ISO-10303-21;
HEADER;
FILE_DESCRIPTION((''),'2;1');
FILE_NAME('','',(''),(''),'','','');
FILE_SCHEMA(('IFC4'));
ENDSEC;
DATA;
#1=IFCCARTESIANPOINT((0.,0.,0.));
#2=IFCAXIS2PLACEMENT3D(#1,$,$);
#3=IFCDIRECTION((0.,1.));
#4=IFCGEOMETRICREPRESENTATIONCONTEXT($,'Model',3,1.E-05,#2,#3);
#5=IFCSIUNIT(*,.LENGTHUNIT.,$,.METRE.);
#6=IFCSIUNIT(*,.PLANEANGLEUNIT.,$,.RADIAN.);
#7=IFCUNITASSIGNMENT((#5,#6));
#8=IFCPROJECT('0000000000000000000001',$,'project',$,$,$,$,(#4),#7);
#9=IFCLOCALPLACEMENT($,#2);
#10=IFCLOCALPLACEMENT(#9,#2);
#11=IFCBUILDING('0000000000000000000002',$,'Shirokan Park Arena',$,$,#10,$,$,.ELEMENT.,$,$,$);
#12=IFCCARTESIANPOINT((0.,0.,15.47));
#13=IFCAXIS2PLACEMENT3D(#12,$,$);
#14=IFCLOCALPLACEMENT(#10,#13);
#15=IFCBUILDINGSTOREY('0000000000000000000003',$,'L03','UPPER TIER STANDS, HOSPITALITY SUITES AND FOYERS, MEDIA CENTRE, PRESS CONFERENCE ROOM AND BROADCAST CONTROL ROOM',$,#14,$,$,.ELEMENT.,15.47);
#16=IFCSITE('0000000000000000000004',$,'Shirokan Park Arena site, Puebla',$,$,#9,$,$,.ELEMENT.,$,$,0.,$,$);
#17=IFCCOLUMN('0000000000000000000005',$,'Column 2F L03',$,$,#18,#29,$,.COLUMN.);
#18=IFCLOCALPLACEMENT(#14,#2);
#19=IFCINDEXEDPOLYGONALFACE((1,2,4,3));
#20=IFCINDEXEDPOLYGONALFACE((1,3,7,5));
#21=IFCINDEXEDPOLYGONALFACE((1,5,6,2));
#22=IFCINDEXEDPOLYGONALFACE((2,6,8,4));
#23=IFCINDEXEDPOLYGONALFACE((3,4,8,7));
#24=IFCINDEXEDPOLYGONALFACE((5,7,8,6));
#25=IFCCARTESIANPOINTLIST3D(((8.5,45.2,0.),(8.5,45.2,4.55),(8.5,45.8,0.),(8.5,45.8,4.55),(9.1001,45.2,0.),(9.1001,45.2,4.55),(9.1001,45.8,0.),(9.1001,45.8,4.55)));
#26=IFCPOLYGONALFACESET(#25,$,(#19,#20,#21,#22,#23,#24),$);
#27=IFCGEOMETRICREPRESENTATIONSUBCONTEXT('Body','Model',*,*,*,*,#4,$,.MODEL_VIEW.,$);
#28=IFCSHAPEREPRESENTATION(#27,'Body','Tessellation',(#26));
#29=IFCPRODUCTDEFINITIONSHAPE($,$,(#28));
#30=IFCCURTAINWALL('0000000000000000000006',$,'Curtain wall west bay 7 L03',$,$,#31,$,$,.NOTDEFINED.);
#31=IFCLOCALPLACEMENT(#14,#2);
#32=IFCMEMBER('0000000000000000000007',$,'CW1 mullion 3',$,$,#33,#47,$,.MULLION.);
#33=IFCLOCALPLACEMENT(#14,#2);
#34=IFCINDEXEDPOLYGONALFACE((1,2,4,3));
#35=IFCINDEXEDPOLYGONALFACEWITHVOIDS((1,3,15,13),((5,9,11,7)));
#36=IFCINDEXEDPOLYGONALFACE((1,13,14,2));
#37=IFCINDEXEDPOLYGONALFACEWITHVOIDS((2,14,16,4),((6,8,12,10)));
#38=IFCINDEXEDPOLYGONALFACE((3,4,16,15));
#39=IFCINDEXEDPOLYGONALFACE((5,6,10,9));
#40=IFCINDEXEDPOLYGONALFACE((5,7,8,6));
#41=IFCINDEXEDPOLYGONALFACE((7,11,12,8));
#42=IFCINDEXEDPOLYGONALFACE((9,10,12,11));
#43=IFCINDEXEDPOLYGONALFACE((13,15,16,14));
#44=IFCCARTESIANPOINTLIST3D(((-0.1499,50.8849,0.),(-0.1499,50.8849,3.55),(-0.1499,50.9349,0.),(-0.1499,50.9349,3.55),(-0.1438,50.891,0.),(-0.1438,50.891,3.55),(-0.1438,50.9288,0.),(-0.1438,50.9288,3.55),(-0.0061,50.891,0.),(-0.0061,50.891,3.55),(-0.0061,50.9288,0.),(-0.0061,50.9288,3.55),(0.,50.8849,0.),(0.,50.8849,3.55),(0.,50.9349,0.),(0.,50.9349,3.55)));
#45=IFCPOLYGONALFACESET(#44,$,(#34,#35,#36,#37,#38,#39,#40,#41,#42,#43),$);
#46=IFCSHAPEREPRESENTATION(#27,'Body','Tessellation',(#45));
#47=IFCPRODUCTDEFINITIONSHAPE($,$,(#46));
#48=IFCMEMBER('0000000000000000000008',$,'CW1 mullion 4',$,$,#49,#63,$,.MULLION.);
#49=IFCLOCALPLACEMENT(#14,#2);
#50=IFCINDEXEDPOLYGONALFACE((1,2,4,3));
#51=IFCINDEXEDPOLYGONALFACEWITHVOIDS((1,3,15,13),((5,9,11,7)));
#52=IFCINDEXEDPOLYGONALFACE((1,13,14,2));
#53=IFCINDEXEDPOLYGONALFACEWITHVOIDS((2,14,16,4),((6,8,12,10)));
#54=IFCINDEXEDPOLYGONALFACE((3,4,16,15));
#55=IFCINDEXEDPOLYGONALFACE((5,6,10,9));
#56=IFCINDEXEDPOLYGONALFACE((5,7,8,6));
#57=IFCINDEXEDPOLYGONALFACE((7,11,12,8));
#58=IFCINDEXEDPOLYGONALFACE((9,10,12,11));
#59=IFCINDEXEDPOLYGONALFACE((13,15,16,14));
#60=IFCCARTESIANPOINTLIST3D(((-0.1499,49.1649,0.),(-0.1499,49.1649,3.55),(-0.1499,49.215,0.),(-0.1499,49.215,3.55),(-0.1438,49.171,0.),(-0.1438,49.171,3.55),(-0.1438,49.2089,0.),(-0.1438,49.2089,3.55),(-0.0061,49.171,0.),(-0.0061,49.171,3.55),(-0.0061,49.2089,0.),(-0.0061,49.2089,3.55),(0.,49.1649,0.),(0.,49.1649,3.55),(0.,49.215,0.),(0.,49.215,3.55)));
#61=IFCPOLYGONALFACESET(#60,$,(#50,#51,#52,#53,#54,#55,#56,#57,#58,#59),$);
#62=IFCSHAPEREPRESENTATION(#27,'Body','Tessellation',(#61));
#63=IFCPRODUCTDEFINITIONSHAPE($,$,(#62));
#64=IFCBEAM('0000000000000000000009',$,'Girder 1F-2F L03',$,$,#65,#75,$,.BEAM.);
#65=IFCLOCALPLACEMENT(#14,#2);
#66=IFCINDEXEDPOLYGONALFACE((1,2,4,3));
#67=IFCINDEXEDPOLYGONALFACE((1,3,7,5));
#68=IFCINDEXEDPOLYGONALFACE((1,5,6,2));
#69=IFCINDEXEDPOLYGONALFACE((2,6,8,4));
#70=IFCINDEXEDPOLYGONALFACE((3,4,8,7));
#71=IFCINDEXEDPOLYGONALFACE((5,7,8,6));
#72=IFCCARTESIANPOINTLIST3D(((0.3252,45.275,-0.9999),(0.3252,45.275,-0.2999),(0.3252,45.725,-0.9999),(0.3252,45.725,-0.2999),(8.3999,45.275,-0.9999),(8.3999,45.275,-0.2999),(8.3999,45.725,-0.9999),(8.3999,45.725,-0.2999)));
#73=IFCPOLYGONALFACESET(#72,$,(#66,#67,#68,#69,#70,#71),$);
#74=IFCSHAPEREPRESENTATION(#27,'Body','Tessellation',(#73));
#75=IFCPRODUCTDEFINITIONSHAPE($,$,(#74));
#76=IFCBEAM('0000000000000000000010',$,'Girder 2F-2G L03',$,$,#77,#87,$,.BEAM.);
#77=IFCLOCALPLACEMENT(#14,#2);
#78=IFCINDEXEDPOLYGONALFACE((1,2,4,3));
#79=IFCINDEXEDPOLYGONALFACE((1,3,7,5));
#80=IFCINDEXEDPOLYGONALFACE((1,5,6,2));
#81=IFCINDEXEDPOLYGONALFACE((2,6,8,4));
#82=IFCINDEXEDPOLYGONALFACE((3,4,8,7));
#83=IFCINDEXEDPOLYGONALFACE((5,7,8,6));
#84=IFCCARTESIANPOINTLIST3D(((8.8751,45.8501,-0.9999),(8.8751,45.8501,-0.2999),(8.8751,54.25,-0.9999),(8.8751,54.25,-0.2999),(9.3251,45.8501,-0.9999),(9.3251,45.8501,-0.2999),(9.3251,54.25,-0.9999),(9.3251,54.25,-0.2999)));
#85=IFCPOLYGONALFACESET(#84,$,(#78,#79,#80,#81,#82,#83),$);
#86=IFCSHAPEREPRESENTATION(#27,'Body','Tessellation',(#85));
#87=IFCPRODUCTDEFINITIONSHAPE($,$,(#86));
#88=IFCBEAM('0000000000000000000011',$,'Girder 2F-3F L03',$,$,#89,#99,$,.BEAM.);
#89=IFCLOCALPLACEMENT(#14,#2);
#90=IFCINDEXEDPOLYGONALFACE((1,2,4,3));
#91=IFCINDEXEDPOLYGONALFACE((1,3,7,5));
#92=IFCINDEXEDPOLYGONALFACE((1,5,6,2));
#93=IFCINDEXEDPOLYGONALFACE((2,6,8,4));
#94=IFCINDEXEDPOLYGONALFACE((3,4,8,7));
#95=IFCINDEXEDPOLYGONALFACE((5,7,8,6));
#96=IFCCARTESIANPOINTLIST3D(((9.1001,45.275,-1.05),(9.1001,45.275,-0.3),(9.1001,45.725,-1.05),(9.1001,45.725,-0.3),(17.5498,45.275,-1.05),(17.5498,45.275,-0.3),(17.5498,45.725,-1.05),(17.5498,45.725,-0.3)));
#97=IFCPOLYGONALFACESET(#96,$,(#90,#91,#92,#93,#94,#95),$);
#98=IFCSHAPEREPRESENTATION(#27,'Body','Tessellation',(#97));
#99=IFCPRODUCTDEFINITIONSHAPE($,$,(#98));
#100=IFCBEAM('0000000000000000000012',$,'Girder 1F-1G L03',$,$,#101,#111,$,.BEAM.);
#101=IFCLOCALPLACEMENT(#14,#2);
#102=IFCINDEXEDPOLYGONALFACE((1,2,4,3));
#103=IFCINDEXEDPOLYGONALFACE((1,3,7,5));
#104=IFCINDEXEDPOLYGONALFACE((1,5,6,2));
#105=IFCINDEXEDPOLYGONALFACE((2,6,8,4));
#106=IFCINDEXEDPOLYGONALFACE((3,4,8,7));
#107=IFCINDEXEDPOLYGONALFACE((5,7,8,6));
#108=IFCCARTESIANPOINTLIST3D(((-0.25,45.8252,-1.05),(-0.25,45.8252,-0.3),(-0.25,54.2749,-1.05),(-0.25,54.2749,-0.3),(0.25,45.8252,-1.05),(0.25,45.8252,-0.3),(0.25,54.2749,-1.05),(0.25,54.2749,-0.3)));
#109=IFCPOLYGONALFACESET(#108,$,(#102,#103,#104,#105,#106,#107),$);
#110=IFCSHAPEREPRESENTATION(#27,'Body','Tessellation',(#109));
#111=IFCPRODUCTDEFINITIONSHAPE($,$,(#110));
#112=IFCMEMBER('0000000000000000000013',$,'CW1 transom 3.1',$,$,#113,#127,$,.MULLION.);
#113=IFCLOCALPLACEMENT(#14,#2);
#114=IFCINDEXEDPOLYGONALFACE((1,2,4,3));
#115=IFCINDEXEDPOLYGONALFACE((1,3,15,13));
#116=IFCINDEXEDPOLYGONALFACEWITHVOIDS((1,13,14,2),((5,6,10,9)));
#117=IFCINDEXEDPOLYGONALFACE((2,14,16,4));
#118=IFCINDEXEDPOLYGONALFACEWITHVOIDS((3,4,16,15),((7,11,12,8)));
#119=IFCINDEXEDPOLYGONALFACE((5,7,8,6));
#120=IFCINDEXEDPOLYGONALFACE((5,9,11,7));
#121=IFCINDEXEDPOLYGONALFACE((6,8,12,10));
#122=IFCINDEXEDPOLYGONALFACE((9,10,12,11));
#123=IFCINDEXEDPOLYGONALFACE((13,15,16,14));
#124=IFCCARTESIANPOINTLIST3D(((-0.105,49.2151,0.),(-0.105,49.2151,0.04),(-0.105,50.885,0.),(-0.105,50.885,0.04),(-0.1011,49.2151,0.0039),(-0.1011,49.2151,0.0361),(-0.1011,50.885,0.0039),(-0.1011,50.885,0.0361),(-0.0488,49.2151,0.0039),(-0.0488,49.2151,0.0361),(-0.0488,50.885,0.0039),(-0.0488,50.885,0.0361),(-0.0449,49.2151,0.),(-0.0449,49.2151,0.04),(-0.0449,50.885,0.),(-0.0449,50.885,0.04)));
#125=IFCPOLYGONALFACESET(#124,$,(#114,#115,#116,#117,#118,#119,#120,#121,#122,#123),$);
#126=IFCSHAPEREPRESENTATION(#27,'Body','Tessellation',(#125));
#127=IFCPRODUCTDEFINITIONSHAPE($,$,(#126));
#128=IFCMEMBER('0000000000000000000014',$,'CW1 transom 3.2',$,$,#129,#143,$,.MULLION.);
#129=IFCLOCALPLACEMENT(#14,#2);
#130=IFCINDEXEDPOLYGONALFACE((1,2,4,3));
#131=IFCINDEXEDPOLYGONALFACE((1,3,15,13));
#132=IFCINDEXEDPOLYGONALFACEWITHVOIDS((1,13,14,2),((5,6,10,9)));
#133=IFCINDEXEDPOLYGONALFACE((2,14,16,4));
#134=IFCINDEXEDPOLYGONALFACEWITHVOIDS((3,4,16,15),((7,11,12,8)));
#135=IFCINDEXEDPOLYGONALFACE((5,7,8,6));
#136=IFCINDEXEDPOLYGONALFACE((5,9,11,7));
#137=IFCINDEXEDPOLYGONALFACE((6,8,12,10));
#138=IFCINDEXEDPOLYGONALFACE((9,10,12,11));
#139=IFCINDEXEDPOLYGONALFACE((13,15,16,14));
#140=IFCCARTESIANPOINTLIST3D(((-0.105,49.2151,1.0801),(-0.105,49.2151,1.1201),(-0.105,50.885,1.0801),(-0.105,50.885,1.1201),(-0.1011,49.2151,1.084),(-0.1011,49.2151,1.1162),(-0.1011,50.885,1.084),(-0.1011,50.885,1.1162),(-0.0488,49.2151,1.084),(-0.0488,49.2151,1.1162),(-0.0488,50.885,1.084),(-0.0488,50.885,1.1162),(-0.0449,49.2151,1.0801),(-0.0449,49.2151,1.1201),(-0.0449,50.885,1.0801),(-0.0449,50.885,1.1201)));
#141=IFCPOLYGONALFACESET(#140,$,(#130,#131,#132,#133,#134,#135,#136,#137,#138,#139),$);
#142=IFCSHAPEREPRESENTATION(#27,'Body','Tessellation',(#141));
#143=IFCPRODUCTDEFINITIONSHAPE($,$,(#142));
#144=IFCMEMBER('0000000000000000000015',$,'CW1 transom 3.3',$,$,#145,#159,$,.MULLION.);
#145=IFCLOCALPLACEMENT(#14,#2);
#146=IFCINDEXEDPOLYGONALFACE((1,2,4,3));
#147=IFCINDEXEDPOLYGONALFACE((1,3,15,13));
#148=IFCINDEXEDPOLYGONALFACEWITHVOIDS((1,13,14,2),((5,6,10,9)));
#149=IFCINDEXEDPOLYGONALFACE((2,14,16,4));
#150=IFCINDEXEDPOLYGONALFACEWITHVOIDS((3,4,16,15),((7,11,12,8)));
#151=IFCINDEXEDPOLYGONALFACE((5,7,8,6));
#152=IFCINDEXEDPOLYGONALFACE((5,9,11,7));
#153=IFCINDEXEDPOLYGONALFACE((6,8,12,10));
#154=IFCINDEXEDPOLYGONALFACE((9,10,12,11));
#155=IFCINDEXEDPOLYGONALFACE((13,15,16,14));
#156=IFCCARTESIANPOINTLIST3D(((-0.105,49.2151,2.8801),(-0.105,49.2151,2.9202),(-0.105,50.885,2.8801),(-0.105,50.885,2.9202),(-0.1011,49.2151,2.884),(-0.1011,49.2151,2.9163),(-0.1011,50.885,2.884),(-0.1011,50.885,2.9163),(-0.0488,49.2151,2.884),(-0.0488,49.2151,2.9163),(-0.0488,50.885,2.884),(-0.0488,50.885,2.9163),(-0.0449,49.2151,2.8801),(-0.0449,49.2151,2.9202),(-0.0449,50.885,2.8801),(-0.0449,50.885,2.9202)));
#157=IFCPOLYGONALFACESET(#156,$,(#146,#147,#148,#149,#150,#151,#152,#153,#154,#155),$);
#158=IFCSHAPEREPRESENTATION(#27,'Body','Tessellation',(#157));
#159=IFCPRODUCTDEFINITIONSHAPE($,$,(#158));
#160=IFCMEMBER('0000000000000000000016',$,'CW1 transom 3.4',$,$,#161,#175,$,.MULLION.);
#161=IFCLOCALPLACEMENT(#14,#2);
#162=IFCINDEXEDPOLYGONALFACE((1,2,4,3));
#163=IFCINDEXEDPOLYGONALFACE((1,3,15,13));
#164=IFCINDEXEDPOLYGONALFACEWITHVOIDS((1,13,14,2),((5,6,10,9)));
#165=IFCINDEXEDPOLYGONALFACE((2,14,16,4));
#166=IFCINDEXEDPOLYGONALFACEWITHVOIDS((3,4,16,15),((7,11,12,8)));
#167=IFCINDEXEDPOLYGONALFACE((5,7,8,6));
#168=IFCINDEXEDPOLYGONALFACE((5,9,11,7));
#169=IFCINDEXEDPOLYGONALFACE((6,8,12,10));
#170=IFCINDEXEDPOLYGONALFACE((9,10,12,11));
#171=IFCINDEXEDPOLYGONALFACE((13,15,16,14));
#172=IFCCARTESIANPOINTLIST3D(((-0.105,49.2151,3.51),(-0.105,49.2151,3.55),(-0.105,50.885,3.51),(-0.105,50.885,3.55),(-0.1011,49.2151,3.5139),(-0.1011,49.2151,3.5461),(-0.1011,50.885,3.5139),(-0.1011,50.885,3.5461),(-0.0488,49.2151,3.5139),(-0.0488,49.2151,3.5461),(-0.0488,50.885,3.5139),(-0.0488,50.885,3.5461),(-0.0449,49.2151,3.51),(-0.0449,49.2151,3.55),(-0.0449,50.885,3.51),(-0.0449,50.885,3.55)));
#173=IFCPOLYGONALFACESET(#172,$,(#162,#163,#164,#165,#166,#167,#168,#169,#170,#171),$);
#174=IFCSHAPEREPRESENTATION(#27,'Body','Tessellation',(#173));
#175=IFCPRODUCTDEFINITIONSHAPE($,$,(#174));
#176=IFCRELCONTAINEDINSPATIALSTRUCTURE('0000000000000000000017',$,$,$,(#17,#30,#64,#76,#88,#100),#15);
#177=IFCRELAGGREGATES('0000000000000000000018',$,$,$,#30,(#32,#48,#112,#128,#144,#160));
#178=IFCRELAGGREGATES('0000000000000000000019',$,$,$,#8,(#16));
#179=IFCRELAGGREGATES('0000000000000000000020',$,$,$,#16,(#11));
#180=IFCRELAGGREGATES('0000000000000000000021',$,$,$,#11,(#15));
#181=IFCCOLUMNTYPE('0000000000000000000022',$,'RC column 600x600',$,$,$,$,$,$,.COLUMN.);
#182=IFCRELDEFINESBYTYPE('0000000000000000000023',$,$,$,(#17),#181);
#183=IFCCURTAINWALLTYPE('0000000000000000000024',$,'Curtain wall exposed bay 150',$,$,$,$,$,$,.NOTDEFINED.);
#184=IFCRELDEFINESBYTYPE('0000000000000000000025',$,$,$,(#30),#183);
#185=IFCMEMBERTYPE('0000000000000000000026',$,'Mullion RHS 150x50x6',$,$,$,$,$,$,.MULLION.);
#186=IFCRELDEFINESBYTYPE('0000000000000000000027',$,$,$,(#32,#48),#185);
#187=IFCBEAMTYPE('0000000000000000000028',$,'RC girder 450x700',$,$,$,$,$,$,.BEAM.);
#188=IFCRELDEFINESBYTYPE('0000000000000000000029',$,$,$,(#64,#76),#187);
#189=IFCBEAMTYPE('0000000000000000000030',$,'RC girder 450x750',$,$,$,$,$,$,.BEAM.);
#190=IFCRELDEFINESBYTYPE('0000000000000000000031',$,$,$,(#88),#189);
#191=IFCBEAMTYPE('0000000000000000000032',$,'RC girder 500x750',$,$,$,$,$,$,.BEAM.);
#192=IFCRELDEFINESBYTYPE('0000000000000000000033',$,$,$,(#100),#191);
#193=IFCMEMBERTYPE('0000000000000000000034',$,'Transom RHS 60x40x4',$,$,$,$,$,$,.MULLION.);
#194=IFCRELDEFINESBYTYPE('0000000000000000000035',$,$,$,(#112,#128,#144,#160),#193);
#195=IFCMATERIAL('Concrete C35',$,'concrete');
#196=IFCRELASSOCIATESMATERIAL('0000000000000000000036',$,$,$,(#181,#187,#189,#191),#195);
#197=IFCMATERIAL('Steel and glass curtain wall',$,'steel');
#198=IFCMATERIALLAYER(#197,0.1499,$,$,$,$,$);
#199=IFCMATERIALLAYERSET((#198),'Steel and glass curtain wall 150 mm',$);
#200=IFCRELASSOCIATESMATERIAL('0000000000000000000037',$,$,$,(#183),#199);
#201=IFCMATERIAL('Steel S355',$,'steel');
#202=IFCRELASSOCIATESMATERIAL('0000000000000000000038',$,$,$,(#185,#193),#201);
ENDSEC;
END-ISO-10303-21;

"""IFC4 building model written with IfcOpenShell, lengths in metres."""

from ifc_helpers import new_model, si_unit, direction, frame, origin, origin_2d, place, context, subcontext, project, spatial, rectangle, hollow_rectangle, extrude, material, layer, layer_set, material_profile, profile_set, type_object, element, aggregate, save


model = new_model("IFC4")

# Units and contexts
model_context = context("Model", 3, precision=1e-05, world=origin(), true_north=direction((0.0, 1.0)))
body_context = subcontext(model_context, "Body", "Model", "MODEL_VIEW")
ifc_project = project(units=[si_unit("LENGTHUNIT", "METRE"), si_unit("PLANEANGLEUNIT", "RADIAN")], contexts=[model_context])

# Site, building, storey
site_placement = place(None, origin())
site = spatial("IfcSite", under=ifc_project, at=site_placement, Name="Shirokan Park Arena site, Puebla", CompositionType="ELEMENT", RefElevation=0.0)
building_placement = place(site_placement, origin())
building = spatial("IfcBuilding", under=site, at=building_placement, Name="Shirokan Park Arena", CompositionType="ELEMENT")
storey_placement = place(building_placement, frame((0.0, 0.0, 15.47)))
storey = spatial("IfcBuildingStorey", under=building, at=storey_placement, Name="L03", Description="UPPER TIER STANDS, HOSPITALITY SUITES AND FOYERS, MEDIA CENTRE, PRESS CONFERENCE ROOM AND BROADCAST CONTROL ROOM", CompositionType="ELEMENT", Elevation=15.47)

# Column
ifc_material_1 = material(Name="Concrete C35", Category="concrete")
ifc_material_profile_1 = material_profile(ifc_material_1, rectangle(XDim=0.6001, YDim=0.6001, at=origin_2d()), Name="600x600")
ifc_profile_set_1 = profile_set([ifc_material_profile_1], Name="Concrete C35")
column_type = type_object("IfcColumnType", Name="RC column 600x600", PredefinedType="COLUMN", material=ifc_profile_set_1)
column_placement = place(storey_placement, frame((8.8, 45.5, 0.0), z_axis=(0.0, 0.0, 1.0), x_axis=(1.0, 0.0, 0.0)))
element("IfcColumn", 1, at=column_placement, inside=storey, type_object=column_type, Name="Column 2F L03", PredefinedType="COLUMN", context=body_context, shape_type="SweptSolid", body=[
    extrude(rectangle(XDim=0.6001, YDim=0.6001, at=origin_2d()), origin(), (0.0, 0.0, 1.0), 4.55),
])

# Curtain wall, members
ifc_material_2 = material(Name="Steel and glass curtain wall", Category="steel")
ifc_layer_1 = layer(ifc_material_2, 0.1499)
ifc_layer_set_1 = layer_set([ifc_layer_1], Name="Steel and glass curtain wall 150 mm")
curtain_wall_type = type_object("IfcCurtainWallType", Name="Curtain wall exposed bay 150", PredefinedType="NOTDEFINED", material=ifc_layer_set_1)
curtain_wall_placement = place(storey_placement, origin())
curtain_wall = element("IfcCurtainWall", 2, at=curtain_wall_placement, inside=storey, type_object=curtain_wall_type, Name="Curtain wall west bay 7 L03", PredefinedType="NOTDEFINED")
ifc_material_3 = material(Name="Steel S355", Category="steel")
ifc_material_profile_2 = material_profile(ifc_material_3, hollow_rectangle(XDim=0.1499, YDim=0.05, WallThickness=0.0061, at=origin_2d()), Name="RHS 150x50x6")
ifc_profile_set_2 = profile_set([ifc_material_profile_2], Name="Steel S355")
member_type_1 = type_object("IfcMemberType", Name="Mullion RHS 150x50x6", PredefinedType="MULLION", material=ifc_profile_set_2)
member_1_placement = place(storey_placement, frame((-0.075, 50.9099, 0.0), z_axis=(0.0, 0.0, 1.0), x_axis=(1.0, 0.0, 0.0)))
member_1 = element("IfcMember", 3, at=member_1_placement, type_object=member_type_1, Name="CW1 mullion 3", PredefinedType="MULLION", context=body_context, shape_type="SweptSolid", body=[
    extrude(hollow_rectangle(XDim=0.1499, YDim=0.05, WallThickness=0.0061, at=origin_2d()), origin(), (0.0, 0.0, 1.0), 3.55),
])
member_2_placement = place(storey_placement, frame((-0.075, 49.1899, 0.0), z_axis=(0.0, 0.0, 1.0), x_axis=(1.0, 0.0, 0.0)))
member_2 = element("IfcMember", 4, at=member_2_placement, type_object=member_type_1, Name="CW1 mullion 4", PredefinedType="MULLION", context=body_context, shape_type="SweptSolid", body=[
    extrude(hollow_rectangle(XDim=0.1499, YDim=0.05, WallThickness=0.0061, at=origin_2d()), origin(), (0.0, 0.0, 1.0), 3.55),
])

# Beams
ifc_material_profile_3 = material_profile(ifc_material_1, rectangle(XDim=0.45, YDim=0.7, at=origin_2d()), Name="450x700")
ifc_profile_set_3 = profile_set([ifc_material_profile_3], Name="Concrete C35")
beam_type_1 = type_object("IfcBeamType", Name="RC girder 450x700", PredefinedType="BEAM", material=ifc_profile_set_3)
beam_1_placement = place(storey_placement, frame((0.3252, 45.5, -0.6499), z_axis=(1.0, 0.0, 0.0), x_axis=(0.0, 1.0, 0.0)))
element("IfcBeam", 5, at=beam_1_placement, inside=storey, type_object=beam_type_1, Name="Girder 1F-2F L03", PredefinedType="BEAM", context=body_context, shape_type="SweptSolid", body=[
    extrude(rectangle(XDim=0.45, YDim=0.7, at=origin_2d()), origin(), (0.0, 0.0, 1.0), 8.0747),
])
beam_2_placement = place(storey_placement, frame((9.1001, 45.8501, -0.6499), z_axis=(0.0, 1.0, 0.0), x_axis=(-1.0, 0.0, 0.0)))
element("IfcBeam", 6, at=beam_2_placement, inside=storey, type_object=beam_type_1, Name="Girder 2F-2G L03", PredefinedType="BEAM", context=body_context, shape_type="SweptSolid", body=[
    extrude(rectangle(XDim=0.45, YDim=0.7, at=origin_2d()), origin(), (0.0, 0.0, 1.0), 8.3999),
])
ifc_material_profile_4 = material_profile(ifc_material_1, rectangle(XDim=0.45, YDim=0.75, at=origin_2d()), Name="450x750")
ifc_profile_set_4 = profile_set([ifc_material_profile_4], Name="Concrete C35")
beam_type_2 = type_object("IfcBeamType", Name="RC girder 450x750", PredefinedType="BEAM", material=ifc_profile_set_4)
beam_3_placement = place(storey_placement, frame((9.1001, 45.5, -0.675), z_axis=(1.0, 0.0, 0.0), x_axis=(0.0, 1.0, 0.0)))
element("IfcBeam", 7, at=beam_3_placement, inside=storey, type_object=beam_type_2, Name="Girder 2F-3F L03", PredefinedType="BEAM", context=body_context, shape_type="SweptSolid", body=[
    extrude(rectangle(XDim=0.45, YDim=0.75, at=origin_2d()), origin(), (0.0, 0.0, 1.0), 8.4497),
])
ifc_material_profile_5 = material_profile(ifc_material_1, rectangle(XDim=0.5, YDim=0.75, at=origin_2d()), Name="500x750")
ifc_profile_set_5 = profile_set([ifc_material_profile_5], Name="Concrete C35")
beam_type_3 = type_object("IfcBeamType", Name="RC girder 500x750", PredefinedType="BEAM", material=ifc_profile_set_5)
beam_4_placement = place(storey_placement, frame((0.0, 45.8252, -0.675), z_axis=(0.0, 1.0, 0.0), x_axis=(-1.0, 0.0, 0.0)))
element("IfcBeam", 8, at=beam_4_placement, inside=storey, type_object=beam_type_3, Name="Girder 1F-1G L03", PredefinedType="BEAM", context=body_context, shape_type="SweptSolid", body=[
    extrude(rectangle(XDim=0.5, YDim=0.75, at=origin_2d()), origin(), (0.0, 0.0, 1.0), 8.4497),
])

# Members
ifc_material_profile_6 = material_profile(ifc_material_3, hollow_rectangle(XDim=0.0601, YDim=0.04, WallThickness=0.0039, at=origin_2d()), Name="RHS 60x40x4")
ifc_profile_set_6 = profile_set([ifc_material_profile_6], Name="Steel S355")
member_type_2 = type_object("IfcMemberType", Name="Transom RHS 60x40x4", PredefinedType="MULLION", material=ifc_profile_set_6)
member_3_placement = place(storey_placement, frame((-0.075, 50.885, 0.02), z_axis=(0.0, -1.0, 0.0), x_axis=(1.0, 0.0, 0.0)))
member_3 = element("IfcMember", 9, at=member_3_placement, type_object=member_type_2, Name="CW1 transom 3.1", PredefinedType="MULLION", context=body_context, shape_type="SweptSolid", body=[
    extrude(hollow_rectangle(XDim=0.0601, YDim=0.04, WallThickness=0.0039, at=origin_2d()), origin(), (0.0, 0.0, 1.0), 1.6699),
])
member_4_placement = place(storey_placement, frame((-0.075, 50.885, 1.1001), z_axis=(0.0, -1.0, 0.0), x_axis=(1.0, 0.0, 0.0)))
member_4 = element("IfcMember", 10, at=member_4_placement, type_object=member_type_2, Name="CW1 transom 3.2", PredefinedType="MULLION", context=body_context, shape_type="SweptSolid", body=[
    extrude(hollow_rectangle(XDim=0.0601, YDim=0.04, WallThickness=0.0039, at=origin_2d()), origin(), (0.0, 0.0, 1.0), 1.6699),
])
member_5_placement = place(storey_placement, frame((-0.075, 50.885, 2.9001), z_axis=(0.0, -1.0, 0.0), x_axis=(1.0, 0.0, 0.0)))
member_5 = element("IfcMember", 11, at=member_5_placement, type_object=member_type_2, Name="CW1 transom 3.3", PredefinedType="MULLION", context=body_context, shape_type="SweptSolid", body=[
    extrude(hollow_rectangle(XDim=0.0601, YDim=0.04, WallThickness=0.0039, at=origin_2d()), origin(), (0.0, 0.0, 1.0), 1.6699),
])
member_6_placement = place(storey_placement, frame((-0.075, 50.885, 3.53), z_axis=(0.0, -1.0, 0.0), x_axis=(1.0, 0.0, 0.0)))
member_6 = element("IfcMember", 12, at=member_6_placement, type_object=member_type_2, Name="CW1 transom 3.4", PredefinedType="MULLION", context=body_context, shape_type="SweptSolid", body=[
    extrude(hollow_rectangle(XDim=0.0601, YDim=0.04, WallThickness=0.0039, at=origin_2d()), origin(), (0.0, 0.0, 1.0), 1.6699),
])

aggregate(curtain_wall, [member_1, member_2, member_3, member_4, member_5, member_6])

save(model, "model.ifc")
